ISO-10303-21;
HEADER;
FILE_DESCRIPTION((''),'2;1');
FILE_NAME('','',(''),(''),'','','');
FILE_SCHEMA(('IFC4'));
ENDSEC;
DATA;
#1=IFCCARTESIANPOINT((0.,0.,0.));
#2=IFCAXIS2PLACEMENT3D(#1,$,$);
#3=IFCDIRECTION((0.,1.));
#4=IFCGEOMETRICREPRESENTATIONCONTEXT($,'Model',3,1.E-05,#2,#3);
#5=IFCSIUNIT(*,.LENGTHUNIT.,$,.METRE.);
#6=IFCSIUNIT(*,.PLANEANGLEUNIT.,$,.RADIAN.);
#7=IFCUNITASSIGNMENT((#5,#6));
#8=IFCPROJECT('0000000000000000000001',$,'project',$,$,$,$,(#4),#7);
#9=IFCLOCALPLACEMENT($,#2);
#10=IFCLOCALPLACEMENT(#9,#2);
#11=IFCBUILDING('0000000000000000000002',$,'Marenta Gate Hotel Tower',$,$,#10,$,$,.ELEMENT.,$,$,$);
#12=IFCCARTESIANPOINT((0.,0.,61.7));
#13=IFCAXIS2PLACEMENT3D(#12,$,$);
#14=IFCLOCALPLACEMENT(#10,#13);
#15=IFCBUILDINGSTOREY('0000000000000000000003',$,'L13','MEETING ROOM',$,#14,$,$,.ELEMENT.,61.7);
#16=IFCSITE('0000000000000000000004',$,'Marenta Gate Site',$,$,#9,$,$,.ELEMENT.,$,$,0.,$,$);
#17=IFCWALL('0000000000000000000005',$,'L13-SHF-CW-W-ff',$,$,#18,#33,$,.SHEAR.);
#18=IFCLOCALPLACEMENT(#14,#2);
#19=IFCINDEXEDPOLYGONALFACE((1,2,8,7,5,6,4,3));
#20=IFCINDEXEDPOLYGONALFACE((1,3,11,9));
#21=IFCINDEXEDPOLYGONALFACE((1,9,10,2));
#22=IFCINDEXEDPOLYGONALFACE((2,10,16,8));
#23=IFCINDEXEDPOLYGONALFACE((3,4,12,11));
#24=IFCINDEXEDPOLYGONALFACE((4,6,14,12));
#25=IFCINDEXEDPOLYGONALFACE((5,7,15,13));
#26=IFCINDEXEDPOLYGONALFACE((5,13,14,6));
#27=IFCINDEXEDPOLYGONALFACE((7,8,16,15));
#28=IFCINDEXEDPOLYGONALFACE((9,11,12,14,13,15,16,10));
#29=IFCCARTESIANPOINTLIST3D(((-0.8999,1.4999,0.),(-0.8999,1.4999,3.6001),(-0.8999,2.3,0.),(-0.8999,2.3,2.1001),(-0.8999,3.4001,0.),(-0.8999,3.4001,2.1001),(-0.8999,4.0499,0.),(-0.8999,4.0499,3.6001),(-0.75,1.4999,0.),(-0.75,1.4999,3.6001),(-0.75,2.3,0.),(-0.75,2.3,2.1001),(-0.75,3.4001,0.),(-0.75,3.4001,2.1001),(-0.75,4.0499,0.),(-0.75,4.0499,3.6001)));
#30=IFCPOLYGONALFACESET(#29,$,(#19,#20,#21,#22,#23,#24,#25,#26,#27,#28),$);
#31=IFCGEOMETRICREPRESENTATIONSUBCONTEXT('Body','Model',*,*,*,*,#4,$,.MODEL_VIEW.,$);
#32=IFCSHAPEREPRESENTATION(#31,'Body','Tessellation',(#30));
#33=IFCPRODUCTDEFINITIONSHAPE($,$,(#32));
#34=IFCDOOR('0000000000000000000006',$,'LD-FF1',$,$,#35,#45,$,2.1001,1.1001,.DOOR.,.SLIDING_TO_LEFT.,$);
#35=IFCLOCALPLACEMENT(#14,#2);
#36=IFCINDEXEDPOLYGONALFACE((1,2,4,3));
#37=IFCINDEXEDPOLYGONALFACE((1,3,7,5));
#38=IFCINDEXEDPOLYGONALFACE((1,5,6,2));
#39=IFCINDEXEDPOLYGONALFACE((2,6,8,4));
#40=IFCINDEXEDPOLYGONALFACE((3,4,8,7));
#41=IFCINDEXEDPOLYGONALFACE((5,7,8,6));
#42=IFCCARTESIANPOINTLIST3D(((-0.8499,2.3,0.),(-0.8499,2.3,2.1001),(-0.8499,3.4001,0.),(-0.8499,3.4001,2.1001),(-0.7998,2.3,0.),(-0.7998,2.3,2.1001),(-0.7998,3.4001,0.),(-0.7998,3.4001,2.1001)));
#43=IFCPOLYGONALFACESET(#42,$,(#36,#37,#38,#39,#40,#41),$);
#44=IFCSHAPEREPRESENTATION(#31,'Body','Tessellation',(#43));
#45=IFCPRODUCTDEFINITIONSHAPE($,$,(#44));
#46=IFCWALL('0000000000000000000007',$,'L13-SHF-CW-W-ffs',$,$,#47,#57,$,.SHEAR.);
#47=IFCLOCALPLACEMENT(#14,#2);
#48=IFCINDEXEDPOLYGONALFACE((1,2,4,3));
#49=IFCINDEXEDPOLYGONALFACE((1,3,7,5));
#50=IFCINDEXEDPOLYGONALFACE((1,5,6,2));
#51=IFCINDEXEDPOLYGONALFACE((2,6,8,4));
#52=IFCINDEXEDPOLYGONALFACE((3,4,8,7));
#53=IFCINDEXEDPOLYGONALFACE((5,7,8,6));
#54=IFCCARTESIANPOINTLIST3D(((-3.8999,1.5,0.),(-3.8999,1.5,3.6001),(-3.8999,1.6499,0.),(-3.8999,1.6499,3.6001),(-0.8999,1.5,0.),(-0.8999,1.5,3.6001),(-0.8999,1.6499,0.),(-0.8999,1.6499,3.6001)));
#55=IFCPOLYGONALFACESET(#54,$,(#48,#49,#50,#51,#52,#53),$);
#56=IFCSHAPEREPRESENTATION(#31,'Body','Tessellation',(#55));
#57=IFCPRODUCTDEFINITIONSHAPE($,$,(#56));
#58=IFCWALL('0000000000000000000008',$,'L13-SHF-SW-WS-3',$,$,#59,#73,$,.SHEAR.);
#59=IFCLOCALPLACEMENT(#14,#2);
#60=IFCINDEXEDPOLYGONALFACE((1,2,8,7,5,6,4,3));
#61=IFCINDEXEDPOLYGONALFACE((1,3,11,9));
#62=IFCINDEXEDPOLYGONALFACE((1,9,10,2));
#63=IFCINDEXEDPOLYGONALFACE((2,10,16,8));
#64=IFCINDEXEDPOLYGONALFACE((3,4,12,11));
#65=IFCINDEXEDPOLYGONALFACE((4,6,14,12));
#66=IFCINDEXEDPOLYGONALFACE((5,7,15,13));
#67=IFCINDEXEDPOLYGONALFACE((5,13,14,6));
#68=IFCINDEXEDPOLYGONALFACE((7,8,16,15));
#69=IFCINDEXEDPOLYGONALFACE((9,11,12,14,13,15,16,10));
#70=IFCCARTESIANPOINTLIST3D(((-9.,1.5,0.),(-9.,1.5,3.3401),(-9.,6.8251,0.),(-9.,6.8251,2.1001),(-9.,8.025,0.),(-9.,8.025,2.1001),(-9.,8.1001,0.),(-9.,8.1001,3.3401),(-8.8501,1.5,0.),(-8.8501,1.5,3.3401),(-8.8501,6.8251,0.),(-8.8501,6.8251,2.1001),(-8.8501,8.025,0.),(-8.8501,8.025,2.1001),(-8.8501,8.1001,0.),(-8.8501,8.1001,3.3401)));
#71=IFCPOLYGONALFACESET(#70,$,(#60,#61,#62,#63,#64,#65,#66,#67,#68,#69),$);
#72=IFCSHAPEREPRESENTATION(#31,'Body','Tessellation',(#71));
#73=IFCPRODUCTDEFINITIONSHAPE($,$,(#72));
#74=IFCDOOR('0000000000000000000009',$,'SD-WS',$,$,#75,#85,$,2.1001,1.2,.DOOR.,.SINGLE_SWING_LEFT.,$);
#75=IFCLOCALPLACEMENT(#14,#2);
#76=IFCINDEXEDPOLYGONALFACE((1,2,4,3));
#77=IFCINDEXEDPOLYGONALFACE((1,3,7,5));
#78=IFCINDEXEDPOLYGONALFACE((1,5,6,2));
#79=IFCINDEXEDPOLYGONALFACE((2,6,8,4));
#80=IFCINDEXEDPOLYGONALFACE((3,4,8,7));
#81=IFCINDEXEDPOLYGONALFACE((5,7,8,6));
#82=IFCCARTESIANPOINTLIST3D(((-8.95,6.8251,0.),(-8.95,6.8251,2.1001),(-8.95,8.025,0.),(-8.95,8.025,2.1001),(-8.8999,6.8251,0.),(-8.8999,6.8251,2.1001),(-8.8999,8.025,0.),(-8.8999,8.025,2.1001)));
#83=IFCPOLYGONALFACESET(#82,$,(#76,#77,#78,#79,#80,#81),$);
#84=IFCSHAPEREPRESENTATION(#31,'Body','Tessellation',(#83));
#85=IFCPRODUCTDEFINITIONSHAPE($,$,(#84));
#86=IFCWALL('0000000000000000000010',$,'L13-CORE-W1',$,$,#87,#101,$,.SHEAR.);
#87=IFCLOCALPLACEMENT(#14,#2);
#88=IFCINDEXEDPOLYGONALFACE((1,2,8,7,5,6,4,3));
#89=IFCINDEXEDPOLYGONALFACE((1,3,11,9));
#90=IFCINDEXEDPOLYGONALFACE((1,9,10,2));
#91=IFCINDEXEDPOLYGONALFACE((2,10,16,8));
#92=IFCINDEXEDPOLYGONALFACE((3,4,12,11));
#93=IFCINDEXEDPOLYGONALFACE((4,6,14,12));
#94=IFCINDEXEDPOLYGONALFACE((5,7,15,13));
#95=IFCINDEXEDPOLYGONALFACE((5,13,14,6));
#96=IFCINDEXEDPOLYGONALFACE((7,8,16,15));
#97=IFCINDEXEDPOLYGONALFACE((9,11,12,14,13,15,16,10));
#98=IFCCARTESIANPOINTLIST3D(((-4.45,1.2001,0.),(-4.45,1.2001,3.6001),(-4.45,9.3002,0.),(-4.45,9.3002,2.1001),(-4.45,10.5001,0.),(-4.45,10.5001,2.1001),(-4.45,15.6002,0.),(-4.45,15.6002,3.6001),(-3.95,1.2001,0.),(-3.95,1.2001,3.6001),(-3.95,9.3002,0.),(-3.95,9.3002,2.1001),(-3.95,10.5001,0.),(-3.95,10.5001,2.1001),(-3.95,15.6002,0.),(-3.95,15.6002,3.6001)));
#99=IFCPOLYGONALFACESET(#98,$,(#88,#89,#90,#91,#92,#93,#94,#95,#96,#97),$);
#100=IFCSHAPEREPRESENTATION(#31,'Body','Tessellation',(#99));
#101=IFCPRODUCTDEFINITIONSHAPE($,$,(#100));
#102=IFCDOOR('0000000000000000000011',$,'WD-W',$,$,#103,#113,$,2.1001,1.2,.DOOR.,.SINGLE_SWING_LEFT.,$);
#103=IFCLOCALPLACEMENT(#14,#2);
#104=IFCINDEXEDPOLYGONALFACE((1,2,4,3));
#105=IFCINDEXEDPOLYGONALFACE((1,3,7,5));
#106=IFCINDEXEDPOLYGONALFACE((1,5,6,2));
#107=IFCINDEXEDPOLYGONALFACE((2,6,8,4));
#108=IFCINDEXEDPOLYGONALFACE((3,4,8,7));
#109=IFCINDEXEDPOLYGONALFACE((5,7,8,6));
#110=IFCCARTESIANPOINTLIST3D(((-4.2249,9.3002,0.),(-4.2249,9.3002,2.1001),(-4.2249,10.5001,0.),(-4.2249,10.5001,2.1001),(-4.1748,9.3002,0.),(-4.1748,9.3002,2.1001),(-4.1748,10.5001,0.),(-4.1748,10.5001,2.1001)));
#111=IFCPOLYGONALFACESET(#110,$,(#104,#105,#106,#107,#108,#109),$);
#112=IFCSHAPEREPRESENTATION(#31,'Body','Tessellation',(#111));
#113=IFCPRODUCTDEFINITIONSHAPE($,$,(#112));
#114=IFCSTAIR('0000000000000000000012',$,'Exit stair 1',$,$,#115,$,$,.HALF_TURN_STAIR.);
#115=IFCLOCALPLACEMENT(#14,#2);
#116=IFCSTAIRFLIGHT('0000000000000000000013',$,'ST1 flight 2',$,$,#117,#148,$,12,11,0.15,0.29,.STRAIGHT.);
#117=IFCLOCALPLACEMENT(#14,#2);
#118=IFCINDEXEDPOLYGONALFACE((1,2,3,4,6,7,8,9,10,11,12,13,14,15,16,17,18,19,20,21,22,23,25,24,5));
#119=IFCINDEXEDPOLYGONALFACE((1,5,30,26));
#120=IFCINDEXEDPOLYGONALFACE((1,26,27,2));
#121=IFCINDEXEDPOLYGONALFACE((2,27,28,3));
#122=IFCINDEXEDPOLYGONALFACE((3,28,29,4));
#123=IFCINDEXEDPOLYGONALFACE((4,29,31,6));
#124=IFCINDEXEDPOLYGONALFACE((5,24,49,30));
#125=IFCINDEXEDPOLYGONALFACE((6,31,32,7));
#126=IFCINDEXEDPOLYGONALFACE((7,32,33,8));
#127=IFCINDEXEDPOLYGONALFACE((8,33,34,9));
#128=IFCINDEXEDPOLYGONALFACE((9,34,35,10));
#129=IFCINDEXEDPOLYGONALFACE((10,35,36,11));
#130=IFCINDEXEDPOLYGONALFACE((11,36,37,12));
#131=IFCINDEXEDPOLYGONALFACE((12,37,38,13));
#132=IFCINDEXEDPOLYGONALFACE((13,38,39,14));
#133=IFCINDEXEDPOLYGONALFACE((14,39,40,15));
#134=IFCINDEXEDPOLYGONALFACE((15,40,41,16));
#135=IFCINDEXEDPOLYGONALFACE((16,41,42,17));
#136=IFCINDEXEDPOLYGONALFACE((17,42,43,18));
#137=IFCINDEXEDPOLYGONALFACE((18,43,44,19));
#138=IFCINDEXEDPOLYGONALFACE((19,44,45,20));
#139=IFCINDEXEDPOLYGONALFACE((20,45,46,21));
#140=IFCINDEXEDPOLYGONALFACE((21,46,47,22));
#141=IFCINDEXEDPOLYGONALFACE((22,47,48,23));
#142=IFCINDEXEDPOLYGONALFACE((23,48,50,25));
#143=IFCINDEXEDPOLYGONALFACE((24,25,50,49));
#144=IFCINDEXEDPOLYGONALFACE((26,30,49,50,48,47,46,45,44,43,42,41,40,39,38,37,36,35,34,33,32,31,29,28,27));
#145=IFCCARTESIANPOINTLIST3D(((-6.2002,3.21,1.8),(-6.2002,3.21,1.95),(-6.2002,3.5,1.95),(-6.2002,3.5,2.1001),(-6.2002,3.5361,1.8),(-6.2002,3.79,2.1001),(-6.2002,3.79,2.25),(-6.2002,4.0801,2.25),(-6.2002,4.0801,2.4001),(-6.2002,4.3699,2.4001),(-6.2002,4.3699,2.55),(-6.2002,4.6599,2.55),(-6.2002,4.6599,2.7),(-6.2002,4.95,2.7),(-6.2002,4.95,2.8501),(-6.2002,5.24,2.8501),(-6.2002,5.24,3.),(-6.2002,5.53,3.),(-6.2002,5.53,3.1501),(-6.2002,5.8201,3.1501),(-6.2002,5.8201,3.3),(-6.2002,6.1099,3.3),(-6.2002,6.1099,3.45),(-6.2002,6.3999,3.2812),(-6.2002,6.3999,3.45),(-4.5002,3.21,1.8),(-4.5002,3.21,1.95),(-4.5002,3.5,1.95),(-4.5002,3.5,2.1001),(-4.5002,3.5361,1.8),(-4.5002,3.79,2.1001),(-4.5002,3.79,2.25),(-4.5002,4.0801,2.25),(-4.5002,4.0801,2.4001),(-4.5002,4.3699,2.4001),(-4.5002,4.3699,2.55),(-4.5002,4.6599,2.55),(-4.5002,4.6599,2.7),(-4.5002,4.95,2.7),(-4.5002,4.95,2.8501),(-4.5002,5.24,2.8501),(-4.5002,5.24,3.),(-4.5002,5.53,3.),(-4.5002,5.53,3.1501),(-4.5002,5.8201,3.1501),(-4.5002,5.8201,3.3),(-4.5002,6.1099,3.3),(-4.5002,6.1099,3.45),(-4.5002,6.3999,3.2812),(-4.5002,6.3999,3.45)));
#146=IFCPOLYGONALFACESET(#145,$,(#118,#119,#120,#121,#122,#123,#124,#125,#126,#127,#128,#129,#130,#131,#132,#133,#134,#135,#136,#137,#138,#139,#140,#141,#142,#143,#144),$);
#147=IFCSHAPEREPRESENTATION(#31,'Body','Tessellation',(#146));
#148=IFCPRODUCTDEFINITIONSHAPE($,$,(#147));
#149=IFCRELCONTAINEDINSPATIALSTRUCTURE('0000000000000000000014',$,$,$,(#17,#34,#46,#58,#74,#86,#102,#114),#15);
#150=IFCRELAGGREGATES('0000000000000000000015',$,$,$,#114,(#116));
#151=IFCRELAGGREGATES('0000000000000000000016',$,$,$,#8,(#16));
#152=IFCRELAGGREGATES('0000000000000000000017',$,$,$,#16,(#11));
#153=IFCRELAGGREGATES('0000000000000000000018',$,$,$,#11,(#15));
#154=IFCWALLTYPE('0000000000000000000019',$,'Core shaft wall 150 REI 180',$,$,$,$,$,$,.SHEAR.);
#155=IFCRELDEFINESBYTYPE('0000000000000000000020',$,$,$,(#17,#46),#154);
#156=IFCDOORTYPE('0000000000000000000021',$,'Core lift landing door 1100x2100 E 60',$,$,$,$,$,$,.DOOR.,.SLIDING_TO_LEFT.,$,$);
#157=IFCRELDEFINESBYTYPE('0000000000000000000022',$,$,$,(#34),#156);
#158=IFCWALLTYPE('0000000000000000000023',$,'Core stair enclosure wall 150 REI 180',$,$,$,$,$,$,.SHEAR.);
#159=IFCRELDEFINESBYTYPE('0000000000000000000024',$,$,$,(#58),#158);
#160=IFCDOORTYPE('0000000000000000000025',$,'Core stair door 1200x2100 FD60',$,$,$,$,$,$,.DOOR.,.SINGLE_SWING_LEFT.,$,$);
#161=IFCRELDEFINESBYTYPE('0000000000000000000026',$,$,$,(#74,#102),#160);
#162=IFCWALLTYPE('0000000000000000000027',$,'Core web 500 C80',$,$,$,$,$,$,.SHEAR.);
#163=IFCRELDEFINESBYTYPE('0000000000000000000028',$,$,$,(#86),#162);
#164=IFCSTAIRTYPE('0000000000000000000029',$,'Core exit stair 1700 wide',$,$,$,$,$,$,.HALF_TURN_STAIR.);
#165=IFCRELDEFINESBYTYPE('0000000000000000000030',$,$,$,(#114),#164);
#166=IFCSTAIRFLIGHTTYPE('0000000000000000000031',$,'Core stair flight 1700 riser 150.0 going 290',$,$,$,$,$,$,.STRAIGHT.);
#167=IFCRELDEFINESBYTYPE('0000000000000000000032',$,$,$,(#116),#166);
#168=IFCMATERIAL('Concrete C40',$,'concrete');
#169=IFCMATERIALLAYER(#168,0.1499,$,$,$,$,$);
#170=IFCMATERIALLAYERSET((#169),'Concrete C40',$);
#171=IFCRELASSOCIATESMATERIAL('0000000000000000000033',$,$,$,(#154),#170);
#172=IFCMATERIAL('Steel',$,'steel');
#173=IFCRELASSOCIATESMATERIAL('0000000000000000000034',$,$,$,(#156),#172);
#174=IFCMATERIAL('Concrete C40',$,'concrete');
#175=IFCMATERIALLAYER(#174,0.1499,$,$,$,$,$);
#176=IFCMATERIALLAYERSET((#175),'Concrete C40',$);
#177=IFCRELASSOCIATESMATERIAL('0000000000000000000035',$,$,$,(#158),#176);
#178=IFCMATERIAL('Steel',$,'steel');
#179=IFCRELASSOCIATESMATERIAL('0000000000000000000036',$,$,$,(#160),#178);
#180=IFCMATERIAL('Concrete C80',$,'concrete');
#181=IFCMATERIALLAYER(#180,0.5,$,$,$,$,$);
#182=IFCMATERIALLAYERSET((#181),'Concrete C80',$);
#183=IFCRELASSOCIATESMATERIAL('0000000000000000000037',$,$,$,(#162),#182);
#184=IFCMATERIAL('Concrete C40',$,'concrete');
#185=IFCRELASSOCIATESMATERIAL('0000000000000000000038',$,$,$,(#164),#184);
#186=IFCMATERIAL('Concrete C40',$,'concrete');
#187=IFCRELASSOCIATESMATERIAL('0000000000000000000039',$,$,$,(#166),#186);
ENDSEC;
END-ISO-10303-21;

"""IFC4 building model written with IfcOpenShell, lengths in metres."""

from ifc_helpers import new_model, si_unit, direction, frame, frame_2d, origin, place, context, subcontext, project, spatial, polyline, rectangle, outline, extrude, material, layer, layer_set, type_object, element, fill, aggregate, save


model = new_model("IFC4")

# Units and contexts
model_context = context("Model", 3, precision=1e-05, world=origin(), true_north=direction((0.0, 1.0)))
body_context = subcontext(model_context, "Body", "Model", "MODEL_VIEW")
ifc_project = project(units=[si_unit("LENGTHUNIT", "METRE"), si_unit("PLANEANGLEUNIT", "RADIAN")], contexts=[model_context])

# Site, building, storey
site_placement = place(None, origin())
site = spatial("IfcSite", under=ifc_project, at=site_placement, Name="Marenta Gate Site", CompositionType="ELEMENT", RefElevation=0.0)
building_placement = place(site_placement, origin())
building = spatial("IfcBuilding", under=site, at=building_placement, Name="Marenta Gate Hotel Tower", CompositionType="ELEMENT")
storey_placement = place(building_placement, frame((0.0, 0.0, 61.7)))
storey = spatial("IfcBuildingStorey", under=building, at=storey_placement, Name="L13", Description="MEETING ROOM", CompositionType="ELEMENT", Elevation=61.7)

# Wall, opening, door
ifc_material_1 = material(Name="Concrete C40", Category="concrete")
ifc_layer_1 = layer(ifc_material_1, 0.1499)
ifc_layer_set_1 = layer_set([ifc_layer_1], Name="Concrete C40")
wall_type_1 = type_object("IfcWallType", Name="Core shaft wall 150 REI 180", PredefinedType="SHEAR", material=ifc_layer_set_1)
wall_1_placement = place(storey_placement, frame((-0.825, 1.5, 0.0), z_axis=(0.0, 0.0, 1.0), x_axis=(0.0, 1.0, 0.0)))
wall_1 = element("IfcWall", 1, at=wall_1_placement, inside=storey, type_object=wall_type_1, Name="L13-SHF-CW-W-ff", PredefinedType="SHEAR", context=body_context, shape_type="SweptSolid", body=[
    extrude(rectangle(XDim=2.55, YDim=0.1499, at=frame_2d((1.2749, 0.0))), origin(), (0.0, 0.0, 1.0), 3.6001),
])
opening_1_placement = place(wall_1_placement, frame((0.8, 0.0, 0.0)))
opening_1 = element("IfcOpeningElement", 2, at=opening_1_placement, cuts=wall_1, PredefinedType="OPENING", context=body_context, shape_type="SweptSolid", body=[
    extrude(rectangle(XDim=1.1001, YDim=2.1001, at=frame_2d((0.55, 1.05))), frame((0.0, 0.075, 0.0), z_axis=(0.0, -1.0, 0.0), x_axis=(1.0, 0.0, 0.0)), (0.0, 0.0, 1.0), 0.1499),
])
ifc_material_2 = material(Name="Steel", Category="steel")
door_type_1 = type_object("IfcDoorType", Name="Core lift landing door 1100x2100 E 60", OperationType="SLIDING_TO_LEFT", PredefinedType="DOOR", material=ifc_material_2)
door_1_placement = place(opening_1_placement, origin())
door_1 = element("IfcDoor", 3, at=door_1_placement, inside=storey, type_object=door_type_1, Name="LD-FF1", OperationType="SLIDING_TO_LEFT", OverallHeight=2.1001, OverallWidth=1.1001, PredefinedType="DOOR", context=body_context, shape_type="SweptSolid", body=[
    extrude(rectangle(XDim=1.1001, YDim=2.1001, at=frame_2d((0.55, 1.05))), frame((0.0, 0.0249, 0.0), z_axis=(0.0, -1.0, 0.0), x_axis=(1.0, 0.0, 0.0)), (0.0, 0.0, 1.0), 0.05),
])
fill(opening_1, door_1)

# Wall
wall_2_placement = place(storey_placement, frame((-3.8999, 1.575, 0.0), z_axis=(0.0, 0.0, 1.0), x_axis=(1.0, 0.0, 0.0)))
element("IfcWall", 4, at=wall_2_placement, inside=storey, type_object=wall_type_1, Name="L13-SHF-CW-W-ffs", PredefinedType="SHEAR", context=body_context, shape_type="SweptSolid", body=[
    extrude(rectangle(XDim=3.0, YDim=0.1499, at=frame_2d((1.5, 0.0))), origin(), (0.0, 0.0, 1.0), 3.6001),
])

# Walls, openings, doors
ifc_material_3 = material(Name="Concrete C40", Category="concrete")
ifc_layer_2 = layer(ifc_material_3, 0.1499)
ifc_layer_set_2 = layer_set([ifc_layer_2], Name="Concrete C40")
wall_type_2 = type_object("IfcWallType", Name="Core stair enclosure wall 150 REI 180", PredefinedType="SHEAR", material=ifc_layer_set_2)
wall_3_placement = place(storey_placement, frame((-8.925, 1.5, 0.0), z_axis=(0.0, 0.0, 1.0), x_axis=(0.0, 1.0, 0.0)))
wall_3 = element("IfcWall", 5, at=wall_3_placement, inside=storey, type_object=wall_type_2, Name="L13-SHF-SW-WS-3", PredefinedType="SHEAR", context=body_context, shape_type="SweptSolid", body=[
    extrude(rectangle(XDim=6.6001, YDim=0.1499, at=frame_2d((3.3, 0.0))), origin(), (0.0, 0.0, 1.0), 3.3401),
])
opening_2_placement = place(wall_3_placement, frame((5.325, 0.0, 0.0)))
opening_2 = element("IfcOpeningElement", 6, at=opening_2_placement, cuts=wall_3, PredefinedType="OPENING", context=body_context, shape_type="SweptSolid", body=[
    extrude(rectangle(XDim=1.2, YDim=2.1001, at=frame_2d((0.6001, 1.05))), frame((0.0, 0.075, 0.0), z_axis=(0.0, -1.0, 0.0), x_axis=(1.0, 0.0, 0.0)), (0.0, 0.0, 1.0), 0.1499),
])
ifc_material_4 = material(Name="Steel", Category="steel")
door_type_2 = type_object("IfcDoorType", Name="Core stair door 1200x2100 FD60", OperationType="SINGLE_SWING_LEFT", PredefinedType="DOOR", material=ifc_material_4)
door_2_placement = place(opening_2_placement, origin())
door_2 = element("IfcDoor", 7, at=door_2_placement, inside=storey, type_object=door_type_2, Name="SD-WS", OperationType="SINGLE_SWING_LEFT", OverallHeight=2.1001, OverallWidth=1.2, PredefinedType="DOOR", context=body_context, shape_type="SweptSolid", body=[
    extrude(rectangle(XDim=1.2, YDim=2.1001, at=frame_2d((0.6001, 1.05))), frame((0.0, 0.0249, 0.0), z_axis=(0.0, -1.0, 0.0), x_axis=(1.0, 0.0, 0.0)), (0.0, 0.0, 1.0), 0.05),
])
fill(opening_2, door_2)
ifc_material_5 = material(Name="Concrete C80", Category="concrete")
ifc_layer_3 = layer(ifc_material_5, 0.5)
ifc_layer_set_3 = layer_set([ifc_layer_3], Name="Concrete C80")
wall_type_3 = type_object("IfcWallType", Name="Core web 500 C80", PredefinedType="SHEAR", material=ifc_layer_set_3)
wall_4_placement = place(storey_placement, frame((-4.2, 1.2, 0.0), z_axis=(0.0, 0.0, 1.0), x_axis=(0.0, 1.0, 0.0)))
wall_4 = element("IfcWall", 8, at=wall_4_placement, inside=storey, type_object=wall_type_3, Name="L13-CORE-W1", PredefinedType="SHEAR", context=body_context, shape_type="SweptSolid", body=[
    extrude(rectangle(XDim=14.4001, YDim=0.5, at=frame_2d((7.2002, 0.0))), origin(), (0.0, 0.0, 1.0), 3.6001),
])
opening_3_placement = place(wall_4_placement, frame((8.1001, 0.0, 0.0)))
opening_3 = element("IfcOpeningElement", 9, at=opening_3_placement, cuts=wall_4, PredefinedType="OPENING", context=body_context, shape_type="SweptSolid", body=[
    extrude(rectangle(XDim=1.2, YDim=2.1001, at=frame_2d((0.6001, 1.05))), frame((0.0, 0.25, 0.0), z_axis=(0.0, -1.0, 0.0), x_axis=(1.0, 0.0, 0.0)), (0.0, 0.0, 1.0), 0.5),
])
door_3_placement = place(opening_3_placement, origin())
door_3 = element("IfcDoor", 10, at=door_3_placement, inside=storey, type_object=door_type_2, Name="WD-W", OperationType="SINGLE_SWING_LEFT", OverallHeight=2.1001, OverallWidth=1.2, PredefinedType="DOOR", context=body_context, shape_type="SweptSolid", body=[
    extrude(rectangle(XDim=1.2, YDim=2.1001, at=frame_2d((0.6001, 1.05))), frame((0.0, 0.0249, 0.0), z_axis=(0.0, -1.0, 0.0), x_axis=(1.0, 0.0, 0.0)), (0.0, 0.0, 1.0), 0.05),
])
fill(opening_3, door_3)

# Stair, stair flight
ifc_material_6 = material(Name="Concrete C40", Category="concrete")
stair_type_1 = type_object("IfcStairType", Name="Core exit stair 1700 wide", PredefinedType="HALF_TURN_STAIR", material=ifc_material_6)
stair_1_placement = place(storey_placement, origin())
stair_1 = element("IfcStair", 11, at=stair_1_placement, inside=storey, type_object=stair_type_1, Name="Exit stair 1", PredefinedType="HALF_TURN_STAIR")
ifc_material_7 = material(Name="Concrete C40", Category="concrete")
stair_flight_type_1 = type_object("IfcStairFlightType", Name="Core stair flight 1700 riser 150.0 going 290", PredefinedType="STRAIGHT", material=ifc_material_7)
stair_flight_1_placement = place(storey_placement, frame((-5.3501, 3.21, 1.8), z_axis=(0.0, 0.0, 1.0), x_axis=(0.0, 1.0, 0.0)))
stair_flight_1 = element("IfcStairFlight", 12, at=stair_flight_1_placement, type_object=stair_flight_type_1, Name="ST1 flight 2", NumberOfRisers=12, NumberOfTreads=11, PredefinedType="STRAIGHT", RiserHeight=0.15, TreadLength=0.29, context=body_context, shape_type="SweptSolid", body=[
    extrude(outline(polyline([(0.0, 0.0), (0.0, 0.1499), (0.29, 0.1499), (0.29, 0.3), (0.5801, 0.3), (0.5801, 0.45), (0.8701, 0.45), (0.8701, 0.6001), (1.1599, 0.6001), (1.1599, 0.75), (1.45, 0.75), (1.45, 0.8999), (1.74, 0.8999), (1.74, 1.05), (2.03, 1.05), (2.03, 1.2), (2.3201, 1.2), (2.3201, 1.3501), (2.6101, 1.3501), (2.6101, 1.5), (2.8999, 1.5), (2.8999, 1.6499), (3.1899, 1.6499), (3.1899, 1.8), (3.1899, 1.4812), (0.3262, 0.0), (0.0, 0.0)])), frame((0.0, 0.8501, 0.0), z_axis=(0.0, -1.0, 0.0), x_axis=(1.0, 0.0, 0.0)), (0.0, 0.0, 1.0), 1.7),
])
aggregate(stair_1, [stair_flight_1])

save(model, "model.ifc")
